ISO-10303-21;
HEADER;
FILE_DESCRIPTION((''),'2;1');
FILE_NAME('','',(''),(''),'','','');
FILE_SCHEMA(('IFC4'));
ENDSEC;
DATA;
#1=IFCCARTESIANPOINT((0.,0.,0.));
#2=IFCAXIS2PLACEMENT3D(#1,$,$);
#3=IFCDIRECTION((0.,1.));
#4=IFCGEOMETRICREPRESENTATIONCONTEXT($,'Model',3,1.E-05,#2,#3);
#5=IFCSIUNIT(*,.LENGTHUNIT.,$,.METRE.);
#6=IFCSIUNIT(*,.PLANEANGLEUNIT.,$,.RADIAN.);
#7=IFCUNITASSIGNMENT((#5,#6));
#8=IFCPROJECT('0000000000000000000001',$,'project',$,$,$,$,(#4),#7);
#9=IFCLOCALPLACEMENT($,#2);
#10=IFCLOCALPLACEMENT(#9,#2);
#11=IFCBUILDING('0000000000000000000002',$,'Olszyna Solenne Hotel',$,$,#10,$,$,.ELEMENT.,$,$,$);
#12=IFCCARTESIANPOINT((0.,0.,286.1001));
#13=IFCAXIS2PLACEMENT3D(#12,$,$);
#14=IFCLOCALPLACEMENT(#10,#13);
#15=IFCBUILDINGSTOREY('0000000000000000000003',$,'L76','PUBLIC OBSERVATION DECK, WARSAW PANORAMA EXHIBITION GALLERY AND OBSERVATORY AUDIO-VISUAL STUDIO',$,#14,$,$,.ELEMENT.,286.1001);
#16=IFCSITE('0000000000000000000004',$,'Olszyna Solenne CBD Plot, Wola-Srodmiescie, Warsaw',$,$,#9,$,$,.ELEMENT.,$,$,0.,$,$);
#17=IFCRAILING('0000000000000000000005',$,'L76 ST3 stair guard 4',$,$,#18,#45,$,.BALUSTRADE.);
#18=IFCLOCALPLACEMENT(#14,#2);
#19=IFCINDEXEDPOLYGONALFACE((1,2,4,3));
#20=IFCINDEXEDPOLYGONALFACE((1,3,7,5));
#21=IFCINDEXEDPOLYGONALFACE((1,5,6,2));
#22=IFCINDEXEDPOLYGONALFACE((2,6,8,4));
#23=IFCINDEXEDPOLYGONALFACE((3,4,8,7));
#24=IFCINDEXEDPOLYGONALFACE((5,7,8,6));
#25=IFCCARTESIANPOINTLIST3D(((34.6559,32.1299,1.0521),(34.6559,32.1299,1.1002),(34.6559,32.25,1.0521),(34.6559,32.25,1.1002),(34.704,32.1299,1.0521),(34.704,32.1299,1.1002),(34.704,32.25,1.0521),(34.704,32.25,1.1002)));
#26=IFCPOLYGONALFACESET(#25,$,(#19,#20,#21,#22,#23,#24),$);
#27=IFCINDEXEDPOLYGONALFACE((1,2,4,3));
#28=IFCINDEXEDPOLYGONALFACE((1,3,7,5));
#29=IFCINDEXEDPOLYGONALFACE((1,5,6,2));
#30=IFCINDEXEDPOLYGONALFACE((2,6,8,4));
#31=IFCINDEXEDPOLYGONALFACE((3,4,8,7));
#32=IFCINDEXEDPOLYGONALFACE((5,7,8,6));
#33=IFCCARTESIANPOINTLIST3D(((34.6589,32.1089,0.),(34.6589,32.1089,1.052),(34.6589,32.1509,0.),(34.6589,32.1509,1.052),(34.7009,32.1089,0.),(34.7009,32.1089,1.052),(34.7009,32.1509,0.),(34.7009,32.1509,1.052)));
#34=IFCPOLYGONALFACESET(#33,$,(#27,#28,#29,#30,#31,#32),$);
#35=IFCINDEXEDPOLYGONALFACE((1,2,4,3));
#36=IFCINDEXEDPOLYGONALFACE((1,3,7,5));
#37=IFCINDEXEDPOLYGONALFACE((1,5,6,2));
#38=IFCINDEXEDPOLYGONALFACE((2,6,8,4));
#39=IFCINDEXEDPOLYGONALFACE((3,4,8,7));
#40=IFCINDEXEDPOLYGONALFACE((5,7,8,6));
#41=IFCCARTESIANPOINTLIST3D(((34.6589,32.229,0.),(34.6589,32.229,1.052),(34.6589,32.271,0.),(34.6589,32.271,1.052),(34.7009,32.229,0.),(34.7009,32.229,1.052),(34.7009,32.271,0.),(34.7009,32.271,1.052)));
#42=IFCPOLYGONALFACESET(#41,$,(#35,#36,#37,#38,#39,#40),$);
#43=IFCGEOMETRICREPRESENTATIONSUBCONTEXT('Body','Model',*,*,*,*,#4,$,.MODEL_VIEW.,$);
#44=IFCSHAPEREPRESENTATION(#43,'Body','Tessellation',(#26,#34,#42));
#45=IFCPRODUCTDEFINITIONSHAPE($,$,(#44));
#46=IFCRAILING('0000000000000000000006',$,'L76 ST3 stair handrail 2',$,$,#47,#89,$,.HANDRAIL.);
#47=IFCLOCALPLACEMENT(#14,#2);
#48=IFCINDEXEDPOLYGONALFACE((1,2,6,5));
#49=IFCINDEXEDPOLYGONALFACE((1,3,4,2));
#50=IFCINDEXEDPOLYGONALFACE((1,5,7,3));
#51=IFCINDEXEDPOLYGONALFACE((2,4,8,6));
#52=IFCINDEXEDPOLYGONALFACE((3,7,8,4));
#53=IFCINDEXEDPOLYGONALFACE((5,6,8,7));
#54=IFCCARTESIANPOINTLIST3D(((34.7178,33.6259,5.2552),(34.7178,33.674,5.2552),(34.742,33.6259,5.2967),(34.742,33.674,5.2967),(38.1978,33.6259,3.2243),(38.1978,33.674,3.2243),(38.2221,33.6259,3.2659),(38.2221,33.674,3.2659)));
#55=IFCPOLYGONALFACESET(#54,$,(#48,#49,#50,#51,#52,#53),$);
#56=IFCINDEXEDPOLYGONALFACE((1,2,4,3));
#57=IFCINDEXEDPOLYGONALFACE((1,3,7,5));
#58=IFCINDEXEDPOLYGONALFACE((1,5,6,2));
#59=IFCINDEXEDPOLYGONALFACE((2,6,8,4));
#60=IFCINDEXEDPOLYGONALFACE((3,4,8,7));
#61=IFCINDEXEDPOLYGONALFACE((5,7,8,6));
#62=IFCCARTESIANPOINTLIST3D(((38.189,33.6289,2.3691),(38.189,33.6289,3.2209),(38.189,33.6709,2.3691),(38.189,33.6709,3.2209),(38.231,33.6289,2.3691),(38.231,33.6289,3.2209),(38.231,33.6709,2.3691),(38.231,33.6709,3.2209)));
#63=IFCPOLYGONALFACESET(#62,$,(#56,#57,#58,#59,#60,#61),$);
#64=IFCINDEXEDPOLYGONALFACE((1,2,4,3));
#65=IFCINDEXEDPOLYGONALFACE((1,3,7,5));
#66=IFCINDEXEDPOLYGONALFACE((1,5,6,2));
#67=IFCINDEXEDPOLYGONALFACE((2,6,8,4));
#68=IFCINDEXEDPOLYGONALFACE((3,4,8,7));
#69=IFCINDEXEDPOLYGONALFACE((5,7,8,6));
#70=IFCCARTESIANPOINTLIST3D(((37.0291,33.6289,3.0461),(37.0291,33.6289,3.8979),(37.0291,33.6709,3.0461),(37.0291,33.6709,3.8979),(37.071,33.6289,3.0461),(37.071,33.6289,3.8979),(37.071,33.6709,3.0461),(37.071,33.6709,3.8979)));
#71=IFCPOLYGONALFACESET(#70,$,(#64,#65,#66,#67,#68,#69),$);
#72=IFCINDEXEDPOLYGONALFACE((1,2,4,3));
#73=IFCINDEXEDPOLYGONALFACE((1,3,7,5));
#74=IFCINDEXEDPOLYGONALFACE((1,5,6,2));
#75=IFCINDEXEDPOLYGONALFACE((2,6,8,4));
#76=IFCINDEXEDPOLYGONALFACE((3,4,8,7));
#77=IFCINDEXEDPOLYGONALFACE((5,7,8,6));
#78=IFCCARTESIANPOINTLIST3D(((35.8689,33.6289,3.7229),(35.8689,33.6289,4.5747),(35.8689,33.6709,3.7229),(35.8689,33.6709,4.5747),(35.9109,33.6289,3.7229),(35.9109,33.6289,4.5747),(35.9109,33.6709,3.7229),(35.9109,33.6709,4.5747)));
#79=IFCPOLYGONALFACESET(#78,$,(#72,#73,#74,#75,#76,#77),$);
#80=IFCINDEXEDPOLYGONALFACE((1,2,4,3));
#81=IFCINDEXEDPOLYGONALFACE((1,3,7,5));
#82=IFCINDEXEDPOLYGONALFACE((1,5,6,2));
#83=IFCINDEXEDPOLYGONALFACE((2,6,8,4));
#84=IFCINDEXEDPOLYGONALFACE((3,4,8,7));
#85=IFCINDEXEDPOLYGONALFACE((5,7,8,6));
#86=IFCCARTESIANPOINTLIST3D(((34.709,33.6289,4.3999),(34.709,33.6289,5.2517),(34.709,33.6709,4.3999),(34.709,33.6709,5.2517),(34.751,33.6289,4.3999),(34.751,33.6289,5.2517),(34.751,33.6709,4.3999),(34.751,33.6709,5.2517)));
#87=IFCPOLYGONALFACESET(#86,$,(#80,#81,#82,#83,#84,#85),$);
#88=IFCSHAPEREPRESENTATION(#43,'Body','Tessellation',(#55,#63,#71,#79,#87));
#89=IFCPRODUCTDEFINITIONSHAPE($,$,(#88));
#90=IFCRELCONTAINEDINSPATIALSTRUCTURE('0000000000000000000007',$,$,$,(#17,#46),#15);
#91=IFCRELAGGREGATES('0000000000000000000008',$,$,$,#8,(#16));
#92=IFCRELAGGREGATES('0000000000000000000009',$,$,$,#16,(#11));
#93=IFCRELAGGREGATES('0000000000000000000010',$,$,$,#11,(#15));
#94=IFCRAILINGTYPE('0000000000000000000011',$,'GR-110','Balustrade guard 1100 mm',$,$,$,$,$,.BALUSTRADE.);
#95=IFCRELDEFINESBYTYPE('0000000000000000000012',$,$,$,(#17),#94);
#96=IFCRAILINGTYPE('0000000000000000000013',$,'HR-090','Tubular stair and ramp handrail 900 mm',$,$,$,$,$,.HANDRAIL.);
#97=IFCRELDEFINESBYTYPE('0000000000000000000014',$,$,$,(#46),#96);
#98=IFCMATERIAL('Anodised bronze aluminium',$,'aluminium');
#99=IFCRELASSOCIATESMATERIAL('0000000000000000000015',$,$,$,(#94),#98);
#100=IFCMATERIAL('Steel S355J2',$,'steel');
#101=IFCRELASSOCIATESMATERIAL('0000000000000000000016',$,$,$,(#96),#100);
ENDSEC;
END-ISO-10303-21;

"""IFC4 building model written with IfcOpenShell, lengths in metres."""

from ifc_helpers import new_model, si_unit, direction, frame, origin, origin_2d, place, context, subcontext, project, spatial, rectangle, extrude, material, type_object, element, save


model = new_model("IFC4")

# Units and contexts
model_context = context("Model", 3, precision=1e-05, world=origin(), true_north=direction((0.0, 1.0)))
body_context = subcontext(model_context, "Body", "Model", "MODEL_VIEW")
ifc_project = project(units=[si_unit("LENGTHUNIT", "METRE"), si_unit("PLANEANGLEUNIT", "RADIAN")], contexts=[model_context])

# Site, building, storey
site_placement = place(None, origin())
site = spatial("IfcSite", under=ifc_project, at=site_placement, Name="Olszyna Solenne CBD Plot, Wola-Srodmiescie, Warsaw", CompositionType="ELEMENT", RefElevation=0.0)
building_placement = place(site_placement, origin())
building = spatial("IfcBuilding", under=site, at=building_placement, Name="Olszyna Solenne Hotel", CompositionType="ELEMENT")
storey_placement = place(building_placement, frame((0.0, 0.0, 286.1001)))
storey = spatial("IfcBuildingStorey", under=building, at=storey_placement, Name="L76", Description="PUBLIC OBSERVATION DECK, WARSAW PANORAMA EXHIBITION GALLERY AND OBSERVATORY AUDIO-VISUAL STUDIO", CompositionType="ELEMENT", Elevation=286.1001)

# Shared definitions
ifc_material_1 = material(Name="Steel S355J2", Category="steel")

# Shared definitions
ifc_material_2 = material(Name="Anodised bronze aluminium", Category="aluminium")

# Railings
railing_type_1 = type_object("IfcRailingType", Name="GR-110", Description="Balustrade guard 1100 mm", PredefinedType="BALUSTRADE", material=ifc_material_2)
railing_1_placement = place(storey_placement, frame((34.6799, 32.1299, 0.0)))
element("IfcRailing", 1, at=railing_1_placement, inside=storey, type_object=railing_type_1, Name="L76 ST3 stair guard 4", PredefinedType="BALUSTRADE", context=body_context, shape_type="SweptSolid", body=[
    extrude(rectangle(XDim=0.0481, YDim=0.0481, at=origin_2d()), frame((0.0, 0.0, 1.0762), z_axis=(0.0, 1.0, 0.0), x_axis=(-1.0, 0.0, 0.0)), (0.0, 0.0, 1.0), 0.1201),
    extrude(rectangle(XDim=0.042, YDim=0.042, at=origin_2d()), origin(), (0.0, 0.0, 1.0), 1.052),
    extrude(rectangle(XDim=0.042, YDim=0.042, at=origin_2d()), frame((0.0, 0.1201, 0.0)), (0.0, 0.0, 1.0), 1.052),
])
railing_type_2 = type_object("IfcRailingType", Name="HR-090", Description="Tubular stair and ramp handrail 900 mm", PredefinedType="HANDRAIL", material=ifc_material_1)
railing_2_placement = place(storey_placement, frame((38.21, 33.6499, 2.3691)))
element("IfcRailing", 2, at=railing_2_placement, inside=storey, type_object=railing_type_2, Name="L76 ST3 stair handrail 2", PredefinedType="HANDRAIL", context=body_context, shape_type="SweptSolid", body=[
    extrude(rectangle(XDim=0.0481, YDim=0.0481, at=origin_2d()), frame((0.0, 0.0, 0.876), z_axis=(-0.863695, 0.0, 0.504014), x_axis=(0.0, -1.0, 0.0)), (0.0, 0.0, 1.0), 4.0293),
    extrude(rectangle(XDim=0.042, YDim=0.042, at=origin_2d()), origin(), (0.0, 0.0, 1.0), 0.8518),
    extrude(rectangle(XDim=0.042, YDim=0.042, at=origin_2d()), frame((-1.1599, 0.0, 0.677)), (0.0, 0.0, 1.0), 0.8518),
    extrude(rectangle(XDim=0.042, YDim=0.042, at=origin_2d()), frame((-2.3201, 0.0, 1.3538)), (0.0, 0.0, 1.0), 0.8518),
    extrude(rectangle(XDim=0.042, YDim=0.042, at=origin_2d()), frame((-3.48, 0.0, 2.0308)), (0.0, 0.0, 1.0), 0.8518),
])

save(model, "model.ifc")
